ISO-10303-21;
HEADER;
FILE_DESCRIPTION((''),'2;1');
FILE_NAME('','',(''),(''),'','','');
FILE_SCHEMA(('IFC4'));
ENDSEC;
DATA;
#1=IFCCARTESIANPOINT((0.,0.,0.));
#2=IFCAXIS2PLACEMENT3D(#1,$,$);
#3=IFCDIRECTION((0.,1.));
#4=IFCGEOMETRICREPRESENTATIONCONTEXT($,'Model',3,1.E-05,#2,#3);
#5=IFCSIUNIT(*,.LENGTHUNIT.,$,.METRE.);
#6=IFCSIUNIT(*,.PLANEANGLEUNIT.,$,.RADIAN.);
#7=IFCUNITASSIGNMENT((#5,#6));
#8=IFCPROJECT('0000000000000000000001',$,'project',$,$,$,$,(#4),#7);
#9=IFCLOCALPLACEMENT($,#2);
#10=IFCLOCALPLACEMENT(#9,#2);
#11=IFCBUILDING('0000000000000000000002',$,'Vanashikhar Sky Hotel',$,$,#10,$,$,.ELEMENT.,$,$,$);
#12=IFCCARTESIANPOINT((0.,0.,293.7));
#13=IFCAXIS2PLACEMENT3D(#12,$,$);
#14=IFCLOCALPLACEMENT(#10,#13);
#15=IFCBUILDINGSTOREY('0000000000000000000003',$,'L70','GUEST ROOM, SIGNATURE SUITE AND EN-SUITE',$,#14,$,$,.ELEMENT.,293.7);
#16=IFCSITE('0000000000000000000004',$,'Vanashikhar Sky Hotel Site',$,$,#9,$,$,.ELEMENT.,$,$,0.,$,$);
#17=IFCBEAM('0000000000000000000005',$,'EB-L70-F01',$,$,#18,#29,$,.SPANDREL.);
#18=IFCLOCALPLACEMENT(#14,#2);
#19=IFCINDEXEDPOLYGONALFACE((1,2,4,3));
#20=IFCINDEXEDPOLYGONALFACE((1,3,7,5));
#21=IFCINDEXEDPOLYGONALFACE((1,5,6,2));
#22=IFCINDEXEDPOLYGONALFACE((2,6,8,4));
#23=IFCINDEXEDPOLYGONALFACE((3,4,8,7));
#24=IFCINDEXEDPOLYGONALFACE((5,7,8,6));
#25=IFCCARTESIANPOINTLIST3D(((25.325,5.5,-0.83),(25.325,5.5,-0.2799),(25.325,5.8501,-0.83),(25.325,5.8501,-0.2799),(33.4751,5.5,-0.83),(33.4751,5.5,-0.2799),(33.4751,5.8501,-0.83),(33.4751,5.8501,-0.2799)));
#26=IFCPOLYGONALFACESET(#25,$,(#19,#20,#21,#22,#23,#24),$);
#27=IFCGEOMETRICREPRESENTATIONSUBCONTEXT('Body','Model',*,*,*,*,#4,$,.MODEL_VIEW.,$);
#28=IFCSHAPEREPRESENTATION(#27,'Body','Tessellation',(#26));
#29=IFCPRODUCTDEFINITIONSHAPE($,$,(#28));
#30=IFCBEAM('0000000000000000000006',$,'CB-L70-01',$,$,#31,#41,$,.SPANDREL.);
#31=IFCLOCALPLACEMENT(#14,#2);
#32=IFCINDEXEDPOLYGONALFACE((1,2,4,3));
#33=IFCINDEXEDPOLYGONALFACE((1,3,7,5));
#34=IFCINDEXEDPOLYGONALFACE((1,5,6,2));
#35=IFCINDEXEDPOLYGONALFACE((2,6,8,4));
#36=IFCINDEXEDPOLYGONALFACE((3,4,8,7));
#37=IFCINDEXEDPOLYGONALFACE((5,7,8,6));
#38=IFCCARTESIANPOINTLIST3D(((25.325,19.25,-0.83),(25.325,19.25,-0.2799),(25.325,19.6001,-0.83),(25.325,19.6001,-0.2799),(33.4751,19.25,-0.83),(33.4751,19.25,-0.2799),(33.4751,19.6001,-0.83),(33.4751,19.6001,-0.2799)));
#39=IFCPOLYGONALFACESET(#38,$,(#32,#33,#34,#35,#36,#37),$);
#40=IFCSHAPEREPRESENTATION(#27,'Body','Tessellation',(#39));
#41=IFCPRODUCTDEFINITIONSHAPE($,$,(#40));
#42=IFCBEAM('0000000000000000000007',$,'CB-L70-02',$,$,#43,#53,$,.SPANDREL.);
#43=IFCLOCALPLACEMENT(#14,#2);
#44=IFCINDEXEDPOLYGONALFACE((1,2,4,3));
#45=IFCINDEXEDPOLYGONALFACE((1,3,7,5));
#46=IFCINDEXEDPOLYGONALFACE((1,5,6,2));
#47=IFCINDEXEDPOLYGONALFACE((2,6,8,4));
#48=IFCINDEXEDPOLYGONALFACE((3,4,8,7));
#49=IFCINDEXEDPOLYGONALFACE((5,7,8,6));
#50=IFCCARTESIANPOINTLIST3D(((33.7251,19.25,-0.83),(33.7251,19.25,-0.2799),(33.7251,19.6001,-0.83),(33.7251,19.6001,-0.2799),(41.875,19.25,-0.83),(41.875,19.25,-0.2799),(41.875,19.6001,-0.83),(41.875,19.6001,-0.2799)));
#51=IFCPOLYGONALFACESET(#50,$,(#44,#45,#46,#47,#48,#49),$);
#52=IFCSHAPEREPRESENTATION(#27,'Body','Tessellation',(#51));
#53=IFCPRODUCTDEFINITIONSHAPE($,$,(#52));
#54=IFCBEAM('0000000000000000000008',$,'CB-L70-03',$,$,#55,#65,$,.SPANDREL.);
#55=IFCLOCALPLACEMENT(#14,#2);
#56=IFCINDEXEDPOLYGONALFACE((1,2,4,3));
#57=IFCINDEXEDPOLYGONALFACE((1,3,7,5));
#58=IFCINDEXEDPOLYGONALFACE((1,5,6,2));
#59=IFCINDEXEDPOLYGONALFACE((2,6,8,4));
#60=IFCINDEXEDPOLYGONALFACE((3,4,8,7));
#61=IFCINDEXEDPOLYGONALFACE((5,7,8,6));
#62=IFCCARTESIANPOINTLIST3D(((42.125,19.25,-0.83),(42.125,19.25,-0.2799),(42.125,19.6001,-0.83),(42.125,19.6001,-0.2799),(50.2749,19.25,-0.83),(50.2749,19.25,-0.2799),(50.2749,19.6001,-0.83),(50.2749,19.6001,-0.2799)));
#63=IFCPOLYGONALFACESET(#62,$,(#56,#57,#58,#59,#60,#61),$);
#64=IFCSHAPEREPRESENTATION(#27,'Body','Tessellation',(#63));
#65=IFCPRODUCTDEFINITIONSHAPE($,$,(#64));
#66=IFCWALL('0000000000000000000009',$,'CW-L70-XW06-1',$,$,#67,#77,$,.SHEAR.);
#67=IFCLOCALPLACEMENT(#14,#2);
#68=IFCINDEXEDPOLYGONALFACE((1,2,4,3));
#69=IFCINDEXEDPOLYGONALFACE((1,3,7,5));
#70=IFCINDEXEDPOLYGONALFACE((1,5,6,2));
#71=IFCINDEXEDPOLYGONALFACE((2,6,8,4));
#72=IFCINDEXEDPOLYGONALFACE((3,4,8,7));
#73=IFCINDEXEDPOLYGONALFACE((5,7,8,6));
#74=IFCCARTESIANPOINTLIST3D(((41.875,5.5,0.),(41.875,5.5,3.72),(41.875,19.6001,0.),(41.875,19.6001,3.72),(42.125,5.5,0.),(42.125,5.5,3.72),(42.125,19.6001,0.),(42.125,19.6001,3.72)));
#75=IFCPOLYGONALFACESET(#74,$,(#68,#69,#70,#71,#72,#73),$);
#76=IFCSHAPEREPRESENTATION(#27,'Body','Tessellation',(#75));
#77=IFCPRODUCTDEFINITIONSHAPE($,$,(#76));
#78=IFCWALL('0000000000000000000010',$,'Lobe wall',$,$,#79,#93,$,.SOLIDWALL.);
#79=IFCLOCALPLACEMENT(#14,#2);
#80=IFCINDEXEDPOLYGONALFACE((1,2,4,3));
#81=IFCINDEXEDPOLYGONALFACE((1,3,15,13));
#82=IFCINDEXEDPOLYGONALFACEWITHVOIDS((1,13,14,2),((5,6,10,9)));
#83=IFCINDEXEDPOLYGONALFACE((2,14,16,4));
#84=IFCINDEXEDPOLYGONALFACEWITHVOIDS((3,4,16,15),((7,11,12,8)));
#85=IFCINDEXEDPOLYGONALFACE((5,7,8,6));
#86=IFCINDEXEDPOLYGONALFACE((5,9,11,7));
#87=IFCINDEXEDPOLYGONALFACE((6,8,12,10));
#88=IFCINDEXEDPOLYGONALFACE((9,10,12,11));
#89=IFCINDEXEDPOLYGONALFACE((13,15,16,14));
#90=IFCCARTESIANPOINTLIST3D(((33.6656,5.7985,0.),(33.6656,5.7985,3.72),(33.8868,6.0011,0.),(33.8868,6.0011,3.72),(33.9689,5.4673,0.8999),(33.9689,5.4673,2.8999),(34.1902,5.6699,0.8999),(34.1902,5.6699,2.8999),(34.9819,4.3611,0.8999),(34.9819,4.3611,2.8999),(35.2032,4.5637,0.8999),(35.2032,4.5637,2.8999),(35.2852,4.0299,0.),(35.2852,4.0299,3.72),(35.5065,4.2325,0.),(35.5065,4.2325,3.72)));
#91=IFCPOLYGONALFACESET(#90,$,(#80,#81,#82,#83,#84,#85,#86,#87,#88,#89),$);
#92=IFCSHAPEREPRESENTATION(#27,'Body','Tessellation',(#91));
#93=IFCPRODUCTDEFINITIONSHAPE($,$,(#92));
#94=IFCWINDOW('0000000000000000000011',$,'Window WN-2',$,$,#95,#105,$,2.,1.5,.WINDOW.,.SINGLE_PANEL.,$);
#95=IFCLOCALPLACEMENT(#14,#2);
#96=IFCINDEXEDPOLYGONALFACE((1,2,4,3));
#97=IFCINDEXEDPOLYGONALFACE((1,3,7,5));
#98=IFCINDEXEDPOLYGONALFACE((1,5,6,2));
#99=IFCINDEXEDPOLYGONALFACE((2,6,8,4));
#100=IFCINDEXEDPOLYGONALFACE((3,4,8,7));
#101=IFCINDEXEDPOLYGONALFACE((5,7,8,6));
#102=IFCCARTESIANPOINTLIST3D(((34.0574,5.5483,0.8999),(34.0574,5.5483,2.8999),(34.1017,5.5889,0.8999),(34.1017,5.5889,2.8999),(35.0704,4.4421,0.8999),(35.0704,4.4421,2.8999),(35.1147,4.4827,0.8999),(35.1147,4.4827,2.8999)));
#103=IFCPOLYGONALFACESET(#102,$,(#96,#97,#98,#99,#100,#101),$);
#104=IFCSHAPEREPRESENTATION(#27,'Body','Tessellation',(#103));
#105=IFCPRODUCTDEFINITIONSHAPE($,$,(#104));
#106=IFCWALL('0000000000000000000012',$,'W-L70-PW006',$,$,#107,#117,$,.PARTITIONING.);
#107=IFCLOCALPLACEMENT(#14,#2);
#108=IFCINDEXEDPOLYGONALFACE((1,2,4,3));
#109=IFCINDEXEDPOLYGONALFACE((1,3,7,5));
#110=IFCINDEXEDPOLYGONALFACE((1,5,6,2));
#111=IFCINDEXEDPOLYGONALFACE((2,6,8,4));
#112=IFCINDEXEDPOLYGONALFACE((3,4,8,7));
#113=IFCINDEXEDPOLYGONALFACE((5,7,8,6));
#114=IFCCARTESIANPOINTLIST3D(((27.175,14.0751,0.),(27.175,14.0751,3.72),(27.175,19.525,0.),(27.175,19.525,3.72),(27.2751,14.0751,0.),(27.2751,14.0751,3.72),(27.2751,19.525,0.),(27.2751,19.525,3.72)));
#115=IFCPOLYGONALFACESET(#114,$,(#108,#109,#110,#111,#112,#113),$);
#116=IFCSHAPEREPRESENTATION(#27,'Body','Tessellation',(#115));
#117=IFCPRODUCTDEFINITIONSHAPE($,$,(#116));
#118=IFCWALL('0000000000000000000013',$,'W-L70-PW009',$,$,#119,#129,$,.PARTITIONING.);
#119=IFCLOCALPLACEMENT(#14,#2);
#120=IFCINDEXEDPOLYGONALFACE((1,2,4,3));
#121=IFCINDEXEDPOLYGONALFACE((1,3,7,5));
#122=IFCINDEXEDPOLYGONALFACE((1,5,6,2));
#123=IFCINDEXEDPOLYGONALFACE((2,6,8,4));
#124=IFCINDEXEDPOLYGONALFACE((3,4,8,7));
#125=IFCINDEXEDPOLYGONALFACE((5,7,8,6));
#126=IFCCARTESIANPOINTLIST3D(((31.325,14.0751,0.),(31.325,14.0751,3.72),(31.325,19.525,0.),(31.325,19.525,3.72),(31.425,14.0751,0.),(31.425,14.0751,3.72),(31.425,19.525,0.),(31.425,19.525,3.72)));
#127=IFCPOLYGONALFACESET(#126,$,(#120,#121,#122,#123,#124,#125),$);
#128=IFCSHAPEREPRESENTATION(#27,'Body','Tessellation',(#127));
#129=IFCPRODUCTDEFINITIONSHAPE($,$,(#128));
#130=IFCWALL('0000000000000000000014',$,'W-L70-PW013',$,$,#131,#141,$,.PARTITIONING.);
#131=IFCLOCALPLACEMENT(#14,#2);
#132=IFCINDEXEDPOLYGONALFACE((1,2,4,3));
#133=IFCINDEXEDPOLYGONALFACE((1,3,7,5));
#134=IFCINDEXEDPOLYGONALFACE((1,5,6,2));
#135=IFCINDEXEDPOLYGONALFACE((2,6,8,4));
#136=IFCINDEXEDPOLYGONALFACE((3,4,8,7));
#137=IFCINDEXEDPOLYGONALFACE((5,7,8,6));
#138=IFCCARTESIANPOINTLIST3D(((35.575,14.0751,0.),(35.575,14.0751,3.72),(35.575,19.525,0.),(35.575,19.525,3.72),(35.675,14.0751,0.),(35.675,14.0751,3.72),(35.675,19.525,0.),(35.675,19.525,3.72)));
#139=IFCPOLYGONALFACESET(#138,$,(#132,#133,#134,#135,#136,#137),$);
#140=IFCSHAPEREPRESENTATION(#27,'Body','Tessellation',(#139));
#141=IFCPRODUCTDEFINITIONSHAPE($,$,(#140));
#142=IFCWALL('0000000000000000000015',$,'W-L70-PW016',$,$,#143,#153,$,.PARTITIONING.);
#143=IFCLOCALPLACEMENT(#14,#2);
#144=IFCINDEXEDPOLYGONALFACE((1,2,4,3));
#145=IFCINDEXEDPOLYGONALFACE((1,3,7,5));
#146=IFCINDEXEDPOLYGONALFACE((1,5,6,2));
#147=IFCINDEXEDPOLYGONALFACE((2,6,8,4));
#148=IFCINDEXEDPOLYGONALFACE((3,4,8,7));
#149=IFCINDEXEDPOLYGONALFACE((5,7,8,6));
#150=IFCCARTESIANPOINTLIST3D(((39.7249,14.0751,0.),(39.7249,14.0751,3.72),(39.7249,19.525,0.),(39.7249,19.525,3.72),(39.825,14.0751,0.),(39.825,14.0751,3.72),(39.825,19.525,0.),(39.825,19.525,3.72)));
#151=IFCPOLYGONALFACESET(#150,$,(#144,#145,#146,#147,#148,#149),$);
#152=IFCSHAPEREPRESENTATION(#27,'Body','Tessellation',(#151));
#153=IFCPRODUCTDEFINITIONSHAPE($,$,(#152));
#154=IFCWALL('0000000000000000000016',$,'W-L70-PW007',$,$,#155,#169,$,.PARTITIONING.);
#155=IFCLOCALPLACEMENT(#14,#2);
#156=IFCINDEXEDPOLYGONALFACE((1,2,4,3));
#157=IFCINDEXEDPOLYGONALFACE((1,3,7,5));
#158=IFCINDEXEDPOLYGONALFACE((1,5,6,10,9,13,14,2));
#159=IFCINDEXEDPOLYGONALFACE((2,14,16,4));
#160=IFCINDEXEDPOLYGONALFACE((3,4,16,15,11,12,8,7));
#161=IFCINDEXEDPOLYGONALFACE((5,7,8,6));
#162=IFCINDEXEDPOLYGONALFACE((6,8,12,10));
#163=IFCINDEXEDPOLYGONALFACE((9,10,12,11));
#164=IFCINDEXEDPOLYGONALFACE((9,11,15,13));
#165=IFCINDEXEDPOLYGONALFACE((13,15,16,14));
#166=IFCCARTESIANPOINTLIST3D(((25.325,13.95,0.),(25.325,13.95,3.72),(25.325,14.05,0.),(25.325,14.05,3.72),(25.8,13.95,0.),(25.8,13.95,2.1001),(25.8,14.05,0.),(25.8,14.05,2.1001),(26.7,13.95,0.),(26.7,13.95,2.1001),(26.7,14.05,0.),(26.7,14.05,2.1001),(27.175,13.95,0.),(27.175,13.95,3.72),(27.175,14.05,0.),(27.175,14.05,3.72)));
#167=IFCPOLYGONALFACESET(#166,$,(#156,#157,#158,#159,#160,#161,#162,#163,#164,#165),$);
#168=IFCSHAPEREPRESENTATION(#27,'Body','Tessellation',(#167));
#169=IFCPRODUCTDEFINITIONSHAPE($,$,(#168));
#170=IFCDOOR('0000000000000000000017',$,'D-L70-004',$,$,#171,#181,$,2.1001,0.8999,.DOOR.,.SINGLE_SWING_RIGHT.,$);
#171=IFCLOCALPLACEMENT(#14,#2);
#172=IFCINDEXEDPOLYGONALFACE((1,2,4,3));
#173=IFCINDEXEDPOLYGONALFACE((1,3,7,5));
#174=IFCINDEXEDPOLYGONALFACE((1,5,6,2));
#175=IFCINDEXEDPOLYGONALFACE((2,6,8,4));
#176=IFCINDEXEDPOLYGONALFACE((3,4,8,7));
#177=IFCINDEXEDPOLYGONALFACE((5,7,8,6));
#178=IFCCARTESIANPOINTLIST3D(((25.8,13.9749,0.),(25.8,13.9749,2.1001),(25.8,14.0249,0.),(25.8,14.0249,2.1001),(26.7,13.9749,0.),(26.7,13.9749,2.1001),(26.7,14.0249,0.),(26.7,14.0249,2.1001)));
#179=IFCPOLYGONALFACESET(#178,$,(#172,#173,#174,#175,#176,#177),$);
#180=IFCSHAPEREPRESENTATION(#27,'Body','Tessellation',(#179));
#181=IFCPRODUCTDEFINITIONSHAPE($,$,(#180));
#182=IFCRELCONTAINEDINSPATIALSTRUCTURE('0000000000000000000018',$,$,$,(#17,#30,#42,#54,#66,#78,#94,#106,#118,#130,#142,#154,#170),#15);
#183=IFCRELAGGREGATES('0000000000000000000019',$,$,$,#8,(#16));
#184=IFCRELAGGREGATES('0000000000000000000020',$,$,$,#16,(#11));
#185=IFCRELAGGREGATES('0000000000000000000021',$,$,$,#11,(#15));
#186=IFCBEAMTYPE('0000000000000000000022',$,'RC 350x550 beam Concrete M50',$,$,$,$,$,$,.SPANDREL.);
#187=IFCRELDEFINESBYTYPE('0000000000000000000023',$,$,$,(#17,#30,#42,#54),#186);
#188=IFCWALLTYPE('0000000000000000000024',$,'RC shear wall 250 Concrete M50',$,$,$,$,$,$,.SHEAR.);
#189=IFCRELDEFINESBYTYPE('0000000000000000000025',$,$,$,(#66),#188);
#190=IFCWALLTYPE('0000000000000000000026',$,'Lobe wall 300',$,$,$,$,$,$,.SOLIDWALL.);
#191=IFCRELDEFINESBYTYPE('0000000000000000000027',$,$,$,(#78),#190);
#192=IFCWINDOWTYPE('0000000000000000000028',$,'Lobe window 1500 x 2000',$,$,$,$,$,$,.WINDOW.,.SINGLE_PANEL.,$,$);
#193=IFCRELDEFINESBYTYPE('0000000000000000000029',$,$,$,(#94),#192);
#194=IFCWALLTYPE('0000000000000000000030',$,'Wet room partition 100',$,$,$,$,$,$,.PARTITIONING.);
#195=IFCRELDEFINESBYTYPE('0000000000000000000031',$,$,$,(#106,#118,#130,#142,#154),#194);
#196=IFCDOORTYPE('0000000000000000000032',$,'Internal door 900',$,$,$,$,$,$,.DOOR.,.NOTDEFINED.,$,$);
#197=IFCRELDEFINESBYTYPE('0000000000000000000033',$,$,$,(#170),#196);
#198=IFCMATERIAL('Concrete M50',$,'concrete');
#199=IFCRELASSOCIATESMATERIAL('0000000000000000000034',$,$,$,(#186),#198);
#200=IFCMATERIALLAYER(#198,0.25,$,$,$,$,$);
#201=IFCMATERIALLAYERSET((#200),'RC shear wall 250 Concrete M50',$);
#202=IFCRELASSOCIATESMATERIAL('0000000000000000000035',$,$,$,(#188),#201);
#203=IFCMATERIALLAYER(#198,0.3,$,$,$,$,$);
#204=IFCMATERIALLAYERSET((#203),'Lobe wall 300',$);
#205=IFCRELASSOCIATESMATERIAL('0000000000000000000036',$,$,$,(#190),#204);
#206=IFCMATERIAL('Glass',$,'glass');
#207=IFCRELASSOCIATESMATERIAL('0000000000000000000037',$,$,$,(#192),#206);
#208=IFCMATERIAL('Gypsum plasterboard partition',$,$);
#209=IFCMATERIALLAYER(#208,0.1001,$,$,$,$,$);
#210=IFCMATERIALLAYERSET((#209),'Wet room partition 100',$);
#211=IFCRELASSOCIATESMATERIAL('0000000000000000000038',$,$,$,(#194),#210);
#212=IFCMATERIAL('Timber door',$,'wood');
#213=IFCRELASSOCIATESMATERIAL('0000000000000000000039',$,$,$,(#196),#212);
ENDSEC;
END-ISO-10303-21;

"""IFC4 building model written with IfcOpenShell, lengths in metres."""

from ifc_helpers import new_model, si_unit, direction, frame, frame_2d, origin, origin_2d, place, context, subcontext, project, spatial, rectangle, extrude, source, transform, mapped, material, layer, layer_set, material_profile, profile_set, type_object, element, fill, save


model = new_model("IFC4")

# Units and contexts
model_context = context("Model", 3, precision=1e-05, world=origin(), true_north=direction((0.0, 1.0)))
body_context = subcontext(model_context, "Body", "Model", "MODEL_VIEW")
ifc_project = project(units=[si_unit("LENGTHUNIT", "METRE"), si_unit("PLANEANGLEUNIT", "RADIAN")], contexts=[model_context])

# Site, building, storey
site_placement = place(None, origin())
site = spatial("IfcSite", under=ifc_project, at=site_placement, Name="Vanashikhar Sky Hotel Site", CompositionType="ELEMENT", RefElevation=0.0)
building_placement = place(site_placement, origin())
building = spatial("IfcBuilding", under=site, at=building_placement, Name="Vanashikhar Sky Hotel", CompositionType="ELEMENT")
storey_placement = place(building_placement, frame((0.0, 0.0, 293.7)))
storey = spatial("IfcBuildingStorey", under=building, at=storey_placement, Name="L70", Description="GUEST ROOM, SIGNATURE SUITE AND EN-SUITE", CompositionType="ELEMENT", Elevation=293.7)

# Beams
ifc_material_1 = material(Name="Concrete M50", Category="concrete")
ifc_material_profile = material_profile(ifc_material_1, rectangle(XDim=0.3501, YDim=0.55, at=origin_2d()))
ifc_profile_set = profile_set([ifc_material_profile], Name="RC 350x550 beam Concrete M50")
beam_type = type_object("IfcBeamType", Name="RC 350x550 beam Concrete M50", PredefinedType="SPANDREL", material=ifc_profile_set)
shared_shape_1 = source(origin(), body_context, "Body", "SweptSolid", [
    extrude(rectangle(XDim=0.3501, YDim=0.55, at=origin_2d()), origin(), (0.0, 0.0, 1.0), 8.1501),
])
for number, where, z_axis, x_axis, name in (
    (1, (25.325, 5.675, -0.5549), (1.0, 0.0, 0.0), (0.0, 1.0, 0.0), "EB-L70-F01"),
    (2, (25.325, 19.425, -0.5549), (1.0, 0.0, 0.0), (0.0, 1.0, 0.0), "CB-L70-01"),
):
    element("IfcBeam", number, at=place(storey_placement, frame(where, z_axis=z_axis, x_axis=x_axis)), inside=storey, type_object=beam_type, Name=name, PredefinedType="SPANDREL", context=body_context, shape_type="MappedRepresentation", body=[
        mapped(shared_shape_1, transform((0.0, 0.0, 0.0), scale=1.0)),
    ])
shared_shape_2 = source(origin(), body_context, "Body", "SweptSolid", [
    extrude(rectangle(XDim=0.3501, YDim=0.55, at=origin_2d()), origin(), (0.0, 0.0, 1.0), 8.1499),
])
for number, where, z_axis, x_axis, name in (
    (3, (33.7251, 19.425, -0.5549), (1.0, 0.0, 0.0), (0.0, 1.0, 0.0), "CB-L70-02"),
    (4, (42.125, 19.425, -0.5549), (1.0, 0.0, 0.0), (0.0, 1.0, 0.0), "CB-L70-03"),
):
    element("IfcBeam", number, at=place(storey_placement, frame(where, z_axis=z_axis, x_axis=x_axis)), inside=storey, type_object=beam_type, Name=name, PredefinedType="SPANDREL", context=body_context, shape_type="MappedRepresentation", body=[
        mapped(shared_shape_2, transform((0.0, 0.0, 0.0), scale=1.0)),
    ])

# Wall
ifc_layer_1 = layer(ifc_material_1, 0.25)
ifc_layer_set_1 = layer_set([ifc_layer_1], Name="RC shear wall 250 Concrete M50")
wall_type_1 = type_object("IfcWallType", Name="RC shear wall 250 Concrete M50", PredefinedType="SHEAR", material=ifc_layer_set_1)
shared_shape_3 = source(origin(), body_context, "Body", "SweptSolid", [
    extrude(rectangle(XDim=14.1001, YDim=0.25, at=frame_2d((7.05, 0.0))), origin(), (0.0, 0.0, 1.0), 3.72),
])
wall_1_placement = place(storey_placement, frame((42.0, 5.5, 0.0), z_axis=(0.0, 0.0, 1.0), x_axis=(0.0, 1.0, 0.0)))
element("IfcWall", 5, at=wall_1_placement, inside=storey, type_object=wall_type_1, Name="CW-L70-XW06-1", PredefinedType="SHEAR", context=body_context, shape_type="MappedRepresentation", body=[
    mapped(shared_shape_3, transform((0.0, 0.0, 0.0), scale=1.0)),
])

# Shared definitions
ifc_material_2 = material(Name="Glass", Category="glass")

# Wall, opening, window
ifc_layer_2 = layer(ifc_material_1, 0.3)
ifc_layer_set_2 = layer_set([ifc_layer_2], Name="Lobe wall 300")
wall_type_2 = type_object("IfcWallType", Name="Lobe wall 300", PredefinedType="SOLIDWALL", material=ifc_layer_set_2)
shared_shape_4 = source(origin(), body_context, "Body", "SweptSolid", [
    extrude(rectangle(XDim=2.3982, YDim=0.3, at=frame_2d((1.1992, 0.0))), origin(), (0.0, 0.0, 1.0), 3.72),
])
wall_2_placement = place(storey_placement, frame((33.7761, 5.8999, 0.0), z_axis=(0.0, 0.0, 1.0), x_axis=(0.675374, -0.737475, 0.0)))
wall_2 = element("IfcWall", 6, at=wall_2_placement, inside=storey, type_object=wall_type_2, Name="Lobe wall", PredefinedType="SOLIDWALL", context=body_context, shape_type="MappedRepresentation", body=[
    mapped(shared_shape_4, transform((0.0, 0.0, 0.0), scale=1.0)),
])
shared_shape_5 = source(origin(), body_context, "Body", "SweptSolid", [
    extrude(rectangle(XDim=1.5, YDim=2.0, at=frame_2d((0.75, 1.0))), frame((0.0, 0.1602, 0.0), z_axis=(0.0, -1.0, 0.0), x_axis=(1.0, 0.0, 0.0)), (0.0, 0.0, 1.0), 0.3201),
])
opening_1_placement = place(wall_2_placement, frame((0.4492, 0.0, 0.8999)))
opening_1 = element("IfcOpeningElement", 7, at=opening_1_placement, cuts=wall_2, PredefinedType="OPENING", context=body_context, shape_type="MappedRepresentation", body=[
    mapped(shared_shape_5, transform((0.0, 0.0, 0.0), scale=1.0)),
])
window_type_1 = type_object("IfcWindowType", Name="Lobe window 1500 x 2000", PartitioningType="SINGLE_PANEL", PredefinedType="WINDOW", material=ifc_material_2)
shared_shape_6 = source(origin(), body_context, "Body", "SweptSolid", [
    extrude(rectangle(XDim=1.5, YDim=2.0, at=frame_2d((0.75, 1.0))), frame((0.0, 0.03, 0.0), z_axis=(0.0, -1.0, 0.0), x_axis=(1.0, 0.0, 0.0)), (0.0, 0.0, 1.0), 0.0601),
])
window_1_placement = place(opening_1_placement, origin())
window_1 = element("IfcWindow", 8, at=window_1_placement, inside=storey, type_object=window_type_1, Name="Window WN-2", OverallHeight=2.0, OverallWidth=1.5, PartitioningType="SINGLE_PANEL", PredefinedType="WINDOW", context=body_context, shape_type="MappedRepresentation", body=[
    mapped(shared_shape_6, transform((0.0, 0.0, 0.0), scale=1.0)),
])
fill(opening_1, window_1)

# Walls
ifc_material_3 = material(Name="Gypsum plasterboard partition")
ifc_layer_3 = layer(ifc_material_3, 0.1001)
ifc_layer_set_3 = layer_set([ifc_layer_3], Name="Wet room partition 100")
wall_type_3 = type_object("IfcWallType", Name="Wet room partition 100", PredefinedType="PARTITIONING", material=ifc_layer_set_3)
shared_shape_7 = source(origin(), body_context, "Body", "SweptSolid", [
    extrude(rectangle(XDim=5.45, YDim=0.1001, at=frame_2d((2.7251, 0.0))), origin(), (0.0, 0.0, 1.0), 3.72),
])
for number, where, z_axis, x_axis, name in (
    (9, (27.2251, 14.075, 0.0), (0.0, 0.0, 1.0), (0.0, 1.0, 0.0), "W-L70-PW006"),
    (10, (31.375, 14.075, 0.0), (0.0, 0.0, 1.0), (0.0, 1.0, 0.0), "W-L70-PW009"),
    (11, (35.625, 14.075, 0.0), (0.0, 0.0, 1.0), (0.0, 1.0, 0.0), "W-L70-PW013"),
    (12, (39.7749, 14.075, 0.0), (0.0, 0.0, 1.0), (0.0, 1.0, 0.0), "W-L70-PW016"),
):
    element("IfcWall", number, at=place(storey_placement, frame(where, z_axis=z_axis, x_axis=x_axis)), inside=storey, type_object=wall_type_3, Name=name, PredefinedType="PARTITIONING", context=body_context, shape_type="MappedRepresentation", body=[
        mapped(shared_shape_7, transform((0.0, 0.0, 0.0), scale=1.0)),
    ])

# Wall, opening, door
shared_shape_8 = source(origin(), body_context, "Body", "SweptSolid", [
    extrude(rectangle(XDim=1.8501, YDim=0.1001, at=frame_2d((0.925, 0.0))), origin(), (0.0, 0.0, 1.0), 3.72),
])
wall_3_placement = place(storey_placement, frame((25.325, 14.0, 0.0), z_axis=(0.0, 0.0, 1.0), x_axis=(1.0, 0.0, 0.0)))
wall_3 = element("IfcWall", 13, at=wall_3_placement, inside=storey, type_object=wall_type_3, Name="W-L70-PW007", PredefinedType="PARTITIONING", context=body_context, shape_type="MappedRepresentation", body=[
    mapped(shared_shape_8, transform((0.0, 0.0, 0.0), scale=1.0)),
])
shared_shape_9 = source(origin(), body_context, "Body", "SweptSolid", [
    extrude(rectangle(XDim=0.8999, YDim=2.1001, at=frame_2d((0.45, 1.05))), frame((0.0, 0.0601, 0.0), z_axis=(0.0, -1.0, 0.0), x_axis=(1.0, 0.0, 0.0)), (0.0, 0.0, 1.0), 0.1201),
])
opening_2_placement = place(wall_3_placement, frame((0.4751, 0.0, 0.0)))
opening_2 = element("IfcOpeningElement", 14, at=opening_2_placement, cuts=wall_3, PredefinedType="OPENING", context=body_context, shape_type="MappedRepresentation", body=[
    mapped(shared_shape_9, transform((0.0, 0.0, 0.0), scale=1.0)),
])
ifc_material_4 = material(Name="Timber door", Category="wood")
door_type_1 = type_object("IfcDoorType", Name="Internal door 900", OperationType="NOTDEFINED", PredefinedType="DOOR", material=ifc_material_4)
shared_shape_10 = source(origin(), body_context, "Body", "SweptSolid", [
    extrude(rectangle(XDim=0.8999, YDim=2.1001, at=frame_2d((0.45, 1.05))), frame((0.0, 0.0249, 0.0), z_axis=(0.0, -1.0, 0.0), x_axis=(1.0, 0.0, 0.0)), (0.0, 0.0, 1.0), 0.05),
])
door_1_placement = place(opening_2_placement, origin())
door_1 = element("IfcDoor", 15, at=door_1_placement, inside=storey, type_object=door_type_1, Name="D-L70-004", OperationType="SINGLE_SWING_RIGHT", OverallHeight=2.1001, OverallWidth=0.8999, PredefinedType="DOOR", context=body_context, shape_type="MappedRepresentation", body=[
    mapped(shared_shape_10, transform((0.0, 0.0, 0.0), scale=1.0)),
])
fill(opening_2, door_1)

save(model, "model.ifc")
